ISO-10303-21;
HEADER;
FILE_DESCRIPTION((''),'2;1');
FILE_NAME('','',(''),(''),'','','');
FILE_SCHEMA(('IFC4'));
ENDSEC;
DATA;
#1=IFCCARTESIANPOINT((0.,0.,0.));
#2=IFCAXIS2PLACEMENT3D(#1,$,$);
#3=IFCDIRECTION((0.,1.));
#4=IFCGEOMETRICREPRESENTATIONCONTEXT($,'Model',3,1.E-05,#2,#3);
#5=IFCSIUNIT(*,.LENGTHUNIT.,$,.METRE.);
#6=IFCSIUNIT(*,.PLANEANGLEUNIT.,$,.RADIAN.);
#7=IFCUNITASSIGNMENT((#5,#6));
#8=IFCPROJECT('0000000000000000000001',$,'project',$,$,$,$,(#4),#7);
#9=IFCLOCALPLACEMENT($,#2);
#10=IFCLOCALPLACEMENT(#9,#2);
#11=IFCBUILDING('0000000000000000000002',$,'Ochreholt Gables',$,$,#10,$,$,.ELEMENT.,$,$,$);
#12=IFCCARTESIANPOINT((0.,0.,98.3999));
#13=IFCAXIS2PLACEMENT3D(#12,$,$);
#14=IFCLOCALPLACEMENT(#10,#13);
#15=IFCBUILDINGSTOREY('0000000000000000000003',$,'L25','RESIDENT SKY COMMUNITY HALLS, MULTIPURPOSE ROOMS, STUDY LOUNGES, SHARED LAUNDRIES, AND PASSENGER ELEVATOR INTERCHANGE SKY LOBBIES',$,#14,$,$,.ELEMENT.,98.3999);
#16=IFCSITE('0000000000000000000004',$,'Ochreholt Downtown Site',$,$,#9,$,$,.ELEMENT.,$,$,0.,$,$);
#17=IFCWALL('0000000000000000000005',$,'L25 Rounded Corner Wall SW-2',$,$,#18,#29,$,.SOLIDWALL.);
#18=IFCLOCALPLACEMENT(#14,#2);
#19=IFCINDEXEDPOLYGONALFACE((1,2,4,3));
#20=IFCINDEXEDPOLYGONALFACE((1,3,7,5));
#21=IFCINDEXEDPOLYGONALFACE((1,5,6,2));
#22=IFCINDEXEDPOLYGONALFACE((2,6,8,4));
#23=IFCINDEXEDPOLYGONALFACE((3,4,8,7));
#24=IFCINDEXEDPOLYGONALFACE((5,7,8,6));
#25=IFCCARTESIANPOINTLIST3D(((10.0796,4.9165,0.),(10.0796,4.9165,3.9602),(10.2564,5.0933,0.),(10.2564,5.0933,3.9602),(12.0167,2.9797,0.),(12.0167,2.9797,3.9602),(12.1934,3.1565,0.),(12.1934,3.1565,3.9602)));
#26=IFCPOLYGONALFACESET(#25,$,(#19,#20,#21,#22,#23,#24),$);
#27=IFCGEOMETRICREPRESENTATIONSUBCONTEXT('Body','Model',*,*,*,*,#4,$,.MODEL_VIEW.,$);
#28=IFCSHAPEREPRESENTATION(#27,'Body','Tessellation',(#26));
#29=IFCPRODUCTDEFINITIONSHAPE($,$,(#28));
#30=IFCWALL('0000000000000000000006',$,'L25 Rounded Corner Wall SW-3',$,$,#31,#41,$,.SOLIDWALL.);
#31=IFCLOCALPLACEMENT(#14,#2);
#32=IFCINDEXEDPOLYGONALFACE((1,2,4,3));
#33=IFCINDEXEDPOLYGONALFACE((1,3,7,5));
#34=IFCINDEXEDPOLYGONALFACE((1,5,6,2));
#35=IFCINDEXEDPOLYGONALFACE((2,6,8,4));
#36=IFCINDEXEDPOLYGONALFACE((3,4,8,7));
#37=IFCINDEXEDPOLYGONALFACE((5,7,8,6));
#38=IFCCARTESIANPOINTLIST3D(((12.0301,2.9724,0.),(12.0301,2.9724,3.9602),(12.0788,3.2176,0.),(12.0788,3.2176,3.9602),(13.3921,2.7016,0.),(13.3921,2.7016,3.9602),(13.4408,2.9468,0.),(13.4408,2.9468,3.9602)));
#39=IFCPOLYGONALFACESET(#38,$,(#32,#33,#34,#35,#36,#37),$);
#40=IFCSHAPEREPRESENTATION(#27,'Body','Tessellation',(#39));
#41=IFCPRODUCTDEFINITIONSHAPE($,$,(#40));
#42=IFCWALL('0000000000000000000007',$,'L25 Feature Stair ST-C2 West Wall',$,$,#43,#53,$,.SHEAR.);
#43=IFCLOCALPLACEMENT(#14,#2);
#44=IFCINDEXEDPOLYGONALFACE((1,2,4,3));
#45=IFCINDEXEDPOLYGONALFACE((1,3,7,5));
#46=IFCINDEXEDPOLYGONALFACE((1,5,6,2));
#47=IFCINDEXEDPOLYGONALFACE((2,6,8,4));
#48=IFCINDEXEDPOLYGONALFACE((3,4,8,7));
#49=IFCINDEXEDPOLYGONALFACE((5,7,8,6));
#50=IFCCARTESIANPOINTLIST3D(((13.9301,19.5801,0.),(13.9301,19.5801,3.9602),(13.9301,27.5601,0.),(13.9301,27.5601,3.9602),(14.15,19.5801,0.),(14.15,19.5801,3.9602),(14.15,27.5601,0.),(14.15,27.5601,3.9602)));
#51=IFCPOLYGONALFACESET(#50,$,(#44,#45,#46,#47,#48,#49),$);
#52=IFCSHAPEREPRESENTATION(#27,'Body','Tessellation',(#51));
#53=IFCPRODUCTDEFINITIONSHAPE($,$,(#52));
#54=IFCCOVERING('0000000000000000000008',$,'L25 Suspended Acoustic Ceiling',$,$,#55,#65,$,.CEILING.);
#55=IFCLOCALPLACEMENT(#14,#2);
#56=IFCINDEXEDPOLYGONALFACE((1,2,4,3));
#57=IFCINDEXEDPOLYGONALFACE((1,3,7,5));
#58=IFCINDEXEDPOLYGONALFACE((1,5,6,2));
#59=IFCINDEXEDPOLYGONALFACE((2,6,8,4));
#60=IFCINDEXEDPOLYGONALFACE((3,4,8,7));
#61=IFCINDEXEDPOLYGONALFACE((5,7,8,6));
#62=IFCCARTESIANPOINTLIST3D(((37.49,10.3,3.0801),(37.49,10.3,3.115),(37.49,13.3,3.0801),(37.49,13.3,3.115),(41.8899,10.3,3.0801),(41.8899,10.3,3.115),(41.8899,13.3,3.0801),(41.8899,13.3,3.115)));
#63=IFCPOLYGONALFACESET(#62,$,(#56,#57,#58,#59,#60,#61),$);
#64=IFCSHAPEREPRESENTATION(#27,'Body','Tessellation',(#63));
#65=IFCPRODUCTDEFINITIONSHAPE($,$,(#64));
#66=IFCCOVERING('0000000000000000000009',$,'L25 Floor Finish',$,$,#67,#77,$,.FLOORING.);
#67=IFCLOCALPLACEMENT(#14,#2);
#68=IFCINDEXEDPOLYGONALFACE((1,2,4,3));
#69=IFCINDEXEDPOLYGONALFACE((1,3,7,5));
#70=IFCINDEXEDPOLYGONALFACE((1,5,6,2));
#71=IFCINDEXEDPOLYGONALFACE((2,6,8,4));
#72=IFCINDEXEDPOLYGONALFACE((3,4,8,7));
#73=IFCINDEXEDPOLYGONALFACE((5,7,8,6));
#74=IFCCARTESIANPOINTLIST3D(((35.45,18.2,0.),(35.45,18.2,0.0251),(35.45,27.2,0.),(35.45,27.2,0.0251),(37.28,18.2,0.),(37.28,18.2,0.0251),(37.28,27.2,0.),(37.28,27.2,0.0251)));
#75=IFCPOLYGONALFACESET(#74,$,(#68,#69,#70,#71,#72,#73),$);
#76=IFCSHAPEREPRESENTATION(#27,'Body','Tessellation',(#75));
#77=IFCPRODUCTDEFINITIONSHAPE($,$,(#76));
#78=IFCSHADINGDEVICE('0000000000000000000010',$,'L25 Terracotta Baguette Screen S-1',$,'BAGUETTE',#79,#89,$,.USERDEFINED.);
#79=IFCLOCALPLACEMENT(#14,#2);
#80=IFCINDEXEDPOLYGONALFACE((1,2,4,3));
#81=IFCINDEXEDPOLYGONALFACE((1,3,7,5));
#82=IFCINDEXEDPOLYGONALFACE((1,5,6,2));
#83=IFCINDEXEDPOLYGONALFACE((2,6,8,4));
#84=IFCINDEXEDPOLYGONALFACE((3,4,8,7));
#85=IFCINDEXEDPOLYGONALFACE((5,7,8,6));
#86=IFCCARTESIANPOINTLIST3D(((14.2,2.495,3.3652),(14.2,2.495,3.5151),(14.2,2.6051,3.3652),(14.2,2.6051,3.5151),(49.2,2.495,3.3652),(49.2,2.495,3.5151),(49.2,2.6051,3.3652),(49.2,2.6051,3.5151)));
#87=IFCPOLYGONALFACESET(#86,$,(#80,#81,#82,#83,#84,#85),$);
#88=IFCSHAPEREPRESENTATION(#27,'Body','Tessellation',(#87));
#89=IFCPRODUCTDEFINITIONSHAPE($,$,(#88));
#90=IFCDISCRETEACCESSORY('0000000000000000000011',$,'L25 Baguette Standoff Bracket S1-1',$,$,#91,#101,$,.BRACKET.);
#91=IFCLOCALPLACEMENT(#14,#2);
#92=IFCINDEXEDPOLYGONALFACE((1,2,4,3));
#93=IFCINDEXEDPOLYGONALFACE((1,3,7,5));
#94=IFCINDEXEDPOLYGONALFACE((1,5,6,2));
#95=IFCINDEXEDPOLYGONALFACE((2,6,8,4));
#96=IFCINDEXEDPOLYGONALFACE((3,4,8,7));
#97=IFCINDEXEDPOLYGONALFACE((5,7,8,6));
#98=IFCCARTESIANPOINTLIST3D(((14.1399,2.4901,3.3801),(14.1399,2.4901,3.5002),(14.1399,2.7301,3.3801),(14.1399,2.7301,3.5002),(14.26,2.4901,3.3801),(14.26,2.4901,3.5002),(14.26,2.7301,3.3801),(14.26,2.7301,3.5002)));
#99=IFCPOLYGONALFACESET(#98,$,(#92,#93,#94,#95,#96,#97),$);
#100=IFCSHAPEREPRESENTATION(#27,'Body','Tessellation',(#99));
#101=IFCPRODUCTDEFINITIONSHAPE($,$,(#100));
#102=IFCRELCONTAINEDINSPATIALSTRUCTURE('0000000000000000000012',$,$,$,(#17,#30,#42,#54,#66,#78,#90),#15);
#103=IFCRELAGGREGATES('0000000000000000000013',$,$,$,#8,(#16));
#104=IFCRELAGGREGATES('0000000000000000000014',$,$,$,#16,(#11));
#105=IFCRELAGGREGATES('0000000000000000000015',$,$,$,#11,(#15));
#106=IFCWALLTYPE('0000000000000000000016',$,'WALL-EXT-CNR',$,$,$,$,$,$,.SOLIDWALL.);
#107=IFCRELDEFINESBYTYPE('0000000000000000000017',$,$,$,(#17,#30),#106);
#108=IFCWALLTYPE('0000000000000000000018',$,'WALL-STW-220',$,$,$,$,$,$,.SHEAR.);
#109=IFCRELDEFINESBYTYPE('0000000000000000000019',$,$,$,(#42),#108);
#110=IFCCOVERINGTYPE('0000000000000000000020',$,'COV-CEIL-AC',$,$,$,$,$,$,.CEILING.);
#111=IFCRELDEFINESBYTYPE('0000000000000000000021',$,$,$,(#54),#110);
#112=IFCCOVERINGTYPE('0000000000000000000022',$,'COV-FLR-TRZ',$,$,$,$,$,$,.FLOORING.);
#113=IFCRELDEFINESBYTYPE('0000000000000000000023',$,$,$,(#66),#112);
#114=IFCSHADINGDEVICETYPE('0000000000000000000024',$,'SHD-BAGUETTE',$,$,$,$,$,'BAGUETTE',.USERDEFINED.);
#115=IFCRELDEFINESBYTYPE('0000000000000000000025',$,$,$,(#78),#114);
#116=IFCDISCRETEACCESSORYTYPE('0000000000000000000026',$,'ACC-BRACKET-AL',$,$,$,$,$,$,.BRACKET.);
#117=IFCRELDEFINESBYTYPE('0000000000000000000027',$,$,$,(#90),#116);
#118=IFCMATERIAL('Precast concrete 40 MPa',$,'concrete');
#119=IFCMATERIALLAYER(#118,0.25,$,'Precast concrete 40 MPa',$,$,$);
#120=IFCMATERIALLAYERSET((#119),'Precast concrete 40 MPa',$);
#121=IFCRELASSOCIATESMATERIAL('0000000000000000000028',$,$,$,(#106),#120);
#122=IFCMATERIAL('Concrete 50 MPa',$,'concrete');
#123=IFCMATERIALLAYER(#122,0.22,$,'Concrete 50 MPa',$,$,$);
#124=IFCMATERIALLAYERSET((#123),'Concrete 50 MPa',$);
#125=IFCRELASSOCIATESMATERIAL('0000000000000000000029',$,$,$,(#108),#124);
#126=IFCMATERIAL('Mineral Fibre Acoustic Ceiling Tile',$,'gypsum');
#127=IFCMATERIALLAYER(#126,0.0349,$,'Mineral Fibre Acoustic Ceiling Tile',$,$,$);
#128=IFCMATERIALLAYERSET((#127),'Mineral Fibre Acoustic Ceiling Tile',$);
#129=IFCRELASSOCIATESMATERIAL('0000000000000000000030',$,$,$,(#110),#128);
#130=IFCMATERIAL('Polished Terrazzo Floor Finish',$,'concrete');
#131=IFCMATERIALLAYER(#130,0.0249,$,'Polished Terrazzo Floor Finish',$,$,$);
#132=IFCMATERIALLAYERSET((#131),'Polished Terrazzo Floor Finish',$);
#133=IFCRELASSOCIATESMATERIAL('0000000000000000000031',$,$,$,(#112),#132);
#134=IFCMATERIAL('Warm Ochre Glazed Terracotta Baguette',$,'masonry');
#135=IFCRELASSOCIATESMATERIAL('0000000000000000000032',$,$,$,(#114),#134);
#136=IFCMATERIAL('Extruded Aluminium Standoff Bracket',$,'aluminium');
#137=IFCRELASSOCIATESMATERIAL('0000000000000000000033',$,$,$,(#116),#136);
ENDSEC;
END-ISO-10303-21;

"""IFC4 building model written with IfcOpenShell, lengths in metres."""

from ifc_helpers import new_model, si_unit, direction, frame, frame_2d, origin, origin_2d, place, context, subcontext, project, spatial, polyline, rectangle, outline, extrude, material, layer, layer_set, material_profile, profile_set, type_object, element, save


model = new_model("IFC4")

# Units and contexts
model_context = context("Model", 3, precision=1e-05, world=origin(), true_north=direction((0.0, 1.0)))
body_context = subcontext(model_context, "Body", "Model", "MODEL_VIEW")
ifc_project = project(units=[si_unit("LENGTHUNIT", "METRE"), si_unit("PLANEANGLEUNIT", "RADIAN")], contexts=[model_context])

# Site, building, storey
site_placement = place(None, origin())
site = spatial("IfcSite", under=ifc_project, at=site_placement, Name="Ochreholt Downtown Site", CompositionType="ELEMENT", RefElevation=0.0)
building_placement = place(site_placement, origin())
building = spatial("IfcBuilding", under=site, at=building_placement, Name="Ochreholt Gables", CompositionType="ELEMENT")
storey_placement = place(building_placement, frame((0.0, 0.0, 98.3999)))
storey = spatial("IfcBuildingStorey", under=building, at=storey_placement, Name="L25", Description="RESIDENT SKY COMMUNITY HALLS, MULTIPURPOSE ROOMS, STUDY LOUNGES, SHARED LAUNDRIES, AND PASSENGER ELEVATOR INTERCHANGE SKY LOBBIES", CompositionType="ELEMENT", Elevation=98.3999)

# Shared definitions
ifc_material_1 = material(Name="Precast concrete 40 MPa", Category="concrete")

# Walls
ifc_layer_1 = layer(ifc_material_1, 0.25, Name="Precast concrete 40 MPa")
ifc_layer_set_1 = layer_set([ifc_layer_1], Name="Precast concrete 40 MPa")
wall_type_1 = type_object("IfcWallType", Name="WALL-EXT-CNR", PredefinedType="SOLIDWALL", material=ifc_layer_set_1)
wall_1_placement = place(storey_placement, frame((10.168, 5.0049, 0.0), z_axis=(0.0, 0.0, 1.0), x_axis=(0.707151, -0.707062, 0.0)))
element("IfcWall", 1, at=wall_1_placement, inside=storey, type_object=wall_type_1, Name="L25 Rounded Corner Wall SW-2", PredefinedType="SOLIDWALL", context=body_context, shape_type="SweptSolid", body=[
    extrude(rectangle(XDim=2.7393, YDim=0.25, at=frame_2d((1.3696, 0.0))), origin(), (0.0, 0.0, 1.0), 3.9602),
])
wall_2_placement = place(storey_placement, frame((12.0544, 3.095, 0.0), z_axis=(0.0, 0.0, 1.0), x_axis=(0.98081, -0.194967, 0.0)))
element("IfcWall", 2, at=wall_2_placement, inside=storey, type_object=wall_type_1, Name="L25 Rounded Corner Wall SW-3", PredefinedType="SOLIDWALL", context=body_context, shape_type="SweptSolid", body=[
    extrude(rectangle(XDim=1.3887, YDim=0.25, at=frame_2d((0.6943, 0.0))), origin(), (0.0, 0.0, 1.0), 3.9602),
])
ifc_material_2 = material(Name="Concrete 50 MPa", Category="concrete")
ifc_layer_2 = layer(ifc_material_2, 0.22, Name="Concrete 50 MPa")
ifc_layer_set_2 = layer_set([ifc_layer_2], Name="Concrete 50 MPa")
wall_type_2 = type_object("IfcWallType", Name="WALL-STW-220", PredefinedType="SHEAR", material=ifc_layer_set_2)
wall_3_placement = place(storey_placement, frame((14.04, 19.5801, 0.0), z_axis=(0.0, 0.0, 1.0), x_axis=(0.0, 1.0, 0.0)))
element("IfcWall", 3, at=wall_3_placement, inside=storey, type_object=wall_type_2, Name="L25 Feature Stair ST-C2 West Wall", PredefinedType="SHEAR", context=body_context, shape_type="SweptSolid", body=[
    extrude(rectangle(XDim=7.98, YDim=0.22, at=frame_2d((3.99, 0.0))), origin(), (0.0, 0.0, 1.0), 3.9602),
])

# Coverings
ifc_material_3 = material(Name="Mineral Fibre Acoustic Ceiling Tile", Category="gypsum")
ifc_layer_3 = layer(ifc_material_3, 0.0349, Name="Mineral Fibre Acoustic Ceiling Tile")
ifc_layer_set_3 = layer_set([ifc_layer_3], Name="Mineral Fibre Acoustic Ceiling Tile")
covering_type_1 = type_object("IfcCoveringType", Name="COV-CEIL-AC", PredefinedType="CEILING", material=ifc_layer_set_3)
covering_1_placement = place(storey_placement, frame((0.0, 0.0, 3.0801)))
element("IfcCovering", 4, at=covering_1_placement, inside=storey, type_object=covering_type_1, Name="L25 Suspended Acoustic Ceiling", PredefinedType="CEILING", context=body_context, shape_type="SweptSolid", body=[
    extrude(outline(polyline([(37.49, 10.3), (41.8899, 10.3), (41.8899, 13.3), (37.49, 13.3), (37.49, 10.3)])), origin(), (0.0, 0.0, 1.0), 0.0349),
])
ifc_material_4 = material(Name="Polished Terrazzo Floor Finish", Category="concrete")
ifc_layer_4 = layer(ifc_material_4, 0.0249, Name="Polished Terrazzo Floor Finish")
ifc_layer_set_4 = layer_set([ifc_layer_4], Name="Polished Terrazzo Floor Finish")
covering_type_2 = type_object("IfcCoveringType", Name="COV-FLR-TRZ", PredefinedType="FLOORING", material=ifc_layer_set_4)
covering_2_placement = place(storey_placement, origin())
element("IfcCovering", 5, at=covering_2_placement, inside=storey, type_object=covering_type_2, Name="L25 Floor Finish", PredefinedType="FLOORING", context=body_context, shape_type="SweptSolid", body=[
    extrude(outline(polyline([(35.45, 18.2), (37.28, 18.2), (37.28, 27.2), (35.45, 27.2), (35.45, 18.2)])), origin(), (0.0, 0.0, 1.0), 0.0251),
])

# Shading device
ifc_material_5 = material(Name="Warm Ochre Glazed Terracotta Baguette", Category="masonry")
ifc_material_profile_1 = material_profile(ifc_material_5, rectangle(XDim=0.1101, YDim=0.1499, at=origin_2d()), Name="TCBAG110X150")
ifc_profile_set_1 = profile_set([ifc_material_profile_1], Name="Warm Ochre Glazed Terracotta Baguette")
shading_device_type = type_object("IfcShadingDeviceType", Name="SHD-BAGUETTE", ElementType="BAGUETTE", PredefinedType="USERDEFINED", material=ifc_profile_set_1)
shading_device_placement = place(storey_placement, frame((14.2, 2.55, 3.4402), z_axis=(1.0, 0.0, 0.0), x_axis=(0.0, 1.0, 0.0)))
element("IfcShadingDevice", 6, at=shading_device_placement, inside=storey, type_object=shading_device_type, Name="L25 Terracotta Baguette Screen S-1", ObjectType="BAGUETTE", PredefinedType="USERDEFINED", context=body_context, shape_type="SweptSolid", body=[
    extrude(rectangle(XDim=0.1101, YDim=0.1499, at=origin_2d()), origin(), (0.0, 0.0, 1.0), 35.0),
])

# Discrete accessory
ifc_material_6 = material(Name="Extruded Aluminium Standoff Bracket", Category="aluminium")
discrete_accessory_type = type_object("IfcDiscreteAccessoryType", Name="ACC-BRACKET-AL", PredefinedType="BRACKET", material=ifc_material_6)
discrete_accessory_placement = place(storey_placement, frame((14.2, 2.6101, 3.3801), z_axis=(0.0, 0.0, 1.0), x_axis=(1.0, 0.0, 0.0)))
element("IfcDiscreteAccessory", 7, at=discrete_accessory_placement, inside=storey, type_object=discrete_accessory_type, Name="L25 Baguette Standoff Bracket S1-1", PredefinedType="BRACKET", context=body_context, shape_type="SweptSolid", body=[
    extrude(rectangle(XDim=0.1201, YDim=0.24, at=origin_2d()), origin(), (0.0, 0.0, 1.0), 0.1201),
])

save(model, "model.ifc")
